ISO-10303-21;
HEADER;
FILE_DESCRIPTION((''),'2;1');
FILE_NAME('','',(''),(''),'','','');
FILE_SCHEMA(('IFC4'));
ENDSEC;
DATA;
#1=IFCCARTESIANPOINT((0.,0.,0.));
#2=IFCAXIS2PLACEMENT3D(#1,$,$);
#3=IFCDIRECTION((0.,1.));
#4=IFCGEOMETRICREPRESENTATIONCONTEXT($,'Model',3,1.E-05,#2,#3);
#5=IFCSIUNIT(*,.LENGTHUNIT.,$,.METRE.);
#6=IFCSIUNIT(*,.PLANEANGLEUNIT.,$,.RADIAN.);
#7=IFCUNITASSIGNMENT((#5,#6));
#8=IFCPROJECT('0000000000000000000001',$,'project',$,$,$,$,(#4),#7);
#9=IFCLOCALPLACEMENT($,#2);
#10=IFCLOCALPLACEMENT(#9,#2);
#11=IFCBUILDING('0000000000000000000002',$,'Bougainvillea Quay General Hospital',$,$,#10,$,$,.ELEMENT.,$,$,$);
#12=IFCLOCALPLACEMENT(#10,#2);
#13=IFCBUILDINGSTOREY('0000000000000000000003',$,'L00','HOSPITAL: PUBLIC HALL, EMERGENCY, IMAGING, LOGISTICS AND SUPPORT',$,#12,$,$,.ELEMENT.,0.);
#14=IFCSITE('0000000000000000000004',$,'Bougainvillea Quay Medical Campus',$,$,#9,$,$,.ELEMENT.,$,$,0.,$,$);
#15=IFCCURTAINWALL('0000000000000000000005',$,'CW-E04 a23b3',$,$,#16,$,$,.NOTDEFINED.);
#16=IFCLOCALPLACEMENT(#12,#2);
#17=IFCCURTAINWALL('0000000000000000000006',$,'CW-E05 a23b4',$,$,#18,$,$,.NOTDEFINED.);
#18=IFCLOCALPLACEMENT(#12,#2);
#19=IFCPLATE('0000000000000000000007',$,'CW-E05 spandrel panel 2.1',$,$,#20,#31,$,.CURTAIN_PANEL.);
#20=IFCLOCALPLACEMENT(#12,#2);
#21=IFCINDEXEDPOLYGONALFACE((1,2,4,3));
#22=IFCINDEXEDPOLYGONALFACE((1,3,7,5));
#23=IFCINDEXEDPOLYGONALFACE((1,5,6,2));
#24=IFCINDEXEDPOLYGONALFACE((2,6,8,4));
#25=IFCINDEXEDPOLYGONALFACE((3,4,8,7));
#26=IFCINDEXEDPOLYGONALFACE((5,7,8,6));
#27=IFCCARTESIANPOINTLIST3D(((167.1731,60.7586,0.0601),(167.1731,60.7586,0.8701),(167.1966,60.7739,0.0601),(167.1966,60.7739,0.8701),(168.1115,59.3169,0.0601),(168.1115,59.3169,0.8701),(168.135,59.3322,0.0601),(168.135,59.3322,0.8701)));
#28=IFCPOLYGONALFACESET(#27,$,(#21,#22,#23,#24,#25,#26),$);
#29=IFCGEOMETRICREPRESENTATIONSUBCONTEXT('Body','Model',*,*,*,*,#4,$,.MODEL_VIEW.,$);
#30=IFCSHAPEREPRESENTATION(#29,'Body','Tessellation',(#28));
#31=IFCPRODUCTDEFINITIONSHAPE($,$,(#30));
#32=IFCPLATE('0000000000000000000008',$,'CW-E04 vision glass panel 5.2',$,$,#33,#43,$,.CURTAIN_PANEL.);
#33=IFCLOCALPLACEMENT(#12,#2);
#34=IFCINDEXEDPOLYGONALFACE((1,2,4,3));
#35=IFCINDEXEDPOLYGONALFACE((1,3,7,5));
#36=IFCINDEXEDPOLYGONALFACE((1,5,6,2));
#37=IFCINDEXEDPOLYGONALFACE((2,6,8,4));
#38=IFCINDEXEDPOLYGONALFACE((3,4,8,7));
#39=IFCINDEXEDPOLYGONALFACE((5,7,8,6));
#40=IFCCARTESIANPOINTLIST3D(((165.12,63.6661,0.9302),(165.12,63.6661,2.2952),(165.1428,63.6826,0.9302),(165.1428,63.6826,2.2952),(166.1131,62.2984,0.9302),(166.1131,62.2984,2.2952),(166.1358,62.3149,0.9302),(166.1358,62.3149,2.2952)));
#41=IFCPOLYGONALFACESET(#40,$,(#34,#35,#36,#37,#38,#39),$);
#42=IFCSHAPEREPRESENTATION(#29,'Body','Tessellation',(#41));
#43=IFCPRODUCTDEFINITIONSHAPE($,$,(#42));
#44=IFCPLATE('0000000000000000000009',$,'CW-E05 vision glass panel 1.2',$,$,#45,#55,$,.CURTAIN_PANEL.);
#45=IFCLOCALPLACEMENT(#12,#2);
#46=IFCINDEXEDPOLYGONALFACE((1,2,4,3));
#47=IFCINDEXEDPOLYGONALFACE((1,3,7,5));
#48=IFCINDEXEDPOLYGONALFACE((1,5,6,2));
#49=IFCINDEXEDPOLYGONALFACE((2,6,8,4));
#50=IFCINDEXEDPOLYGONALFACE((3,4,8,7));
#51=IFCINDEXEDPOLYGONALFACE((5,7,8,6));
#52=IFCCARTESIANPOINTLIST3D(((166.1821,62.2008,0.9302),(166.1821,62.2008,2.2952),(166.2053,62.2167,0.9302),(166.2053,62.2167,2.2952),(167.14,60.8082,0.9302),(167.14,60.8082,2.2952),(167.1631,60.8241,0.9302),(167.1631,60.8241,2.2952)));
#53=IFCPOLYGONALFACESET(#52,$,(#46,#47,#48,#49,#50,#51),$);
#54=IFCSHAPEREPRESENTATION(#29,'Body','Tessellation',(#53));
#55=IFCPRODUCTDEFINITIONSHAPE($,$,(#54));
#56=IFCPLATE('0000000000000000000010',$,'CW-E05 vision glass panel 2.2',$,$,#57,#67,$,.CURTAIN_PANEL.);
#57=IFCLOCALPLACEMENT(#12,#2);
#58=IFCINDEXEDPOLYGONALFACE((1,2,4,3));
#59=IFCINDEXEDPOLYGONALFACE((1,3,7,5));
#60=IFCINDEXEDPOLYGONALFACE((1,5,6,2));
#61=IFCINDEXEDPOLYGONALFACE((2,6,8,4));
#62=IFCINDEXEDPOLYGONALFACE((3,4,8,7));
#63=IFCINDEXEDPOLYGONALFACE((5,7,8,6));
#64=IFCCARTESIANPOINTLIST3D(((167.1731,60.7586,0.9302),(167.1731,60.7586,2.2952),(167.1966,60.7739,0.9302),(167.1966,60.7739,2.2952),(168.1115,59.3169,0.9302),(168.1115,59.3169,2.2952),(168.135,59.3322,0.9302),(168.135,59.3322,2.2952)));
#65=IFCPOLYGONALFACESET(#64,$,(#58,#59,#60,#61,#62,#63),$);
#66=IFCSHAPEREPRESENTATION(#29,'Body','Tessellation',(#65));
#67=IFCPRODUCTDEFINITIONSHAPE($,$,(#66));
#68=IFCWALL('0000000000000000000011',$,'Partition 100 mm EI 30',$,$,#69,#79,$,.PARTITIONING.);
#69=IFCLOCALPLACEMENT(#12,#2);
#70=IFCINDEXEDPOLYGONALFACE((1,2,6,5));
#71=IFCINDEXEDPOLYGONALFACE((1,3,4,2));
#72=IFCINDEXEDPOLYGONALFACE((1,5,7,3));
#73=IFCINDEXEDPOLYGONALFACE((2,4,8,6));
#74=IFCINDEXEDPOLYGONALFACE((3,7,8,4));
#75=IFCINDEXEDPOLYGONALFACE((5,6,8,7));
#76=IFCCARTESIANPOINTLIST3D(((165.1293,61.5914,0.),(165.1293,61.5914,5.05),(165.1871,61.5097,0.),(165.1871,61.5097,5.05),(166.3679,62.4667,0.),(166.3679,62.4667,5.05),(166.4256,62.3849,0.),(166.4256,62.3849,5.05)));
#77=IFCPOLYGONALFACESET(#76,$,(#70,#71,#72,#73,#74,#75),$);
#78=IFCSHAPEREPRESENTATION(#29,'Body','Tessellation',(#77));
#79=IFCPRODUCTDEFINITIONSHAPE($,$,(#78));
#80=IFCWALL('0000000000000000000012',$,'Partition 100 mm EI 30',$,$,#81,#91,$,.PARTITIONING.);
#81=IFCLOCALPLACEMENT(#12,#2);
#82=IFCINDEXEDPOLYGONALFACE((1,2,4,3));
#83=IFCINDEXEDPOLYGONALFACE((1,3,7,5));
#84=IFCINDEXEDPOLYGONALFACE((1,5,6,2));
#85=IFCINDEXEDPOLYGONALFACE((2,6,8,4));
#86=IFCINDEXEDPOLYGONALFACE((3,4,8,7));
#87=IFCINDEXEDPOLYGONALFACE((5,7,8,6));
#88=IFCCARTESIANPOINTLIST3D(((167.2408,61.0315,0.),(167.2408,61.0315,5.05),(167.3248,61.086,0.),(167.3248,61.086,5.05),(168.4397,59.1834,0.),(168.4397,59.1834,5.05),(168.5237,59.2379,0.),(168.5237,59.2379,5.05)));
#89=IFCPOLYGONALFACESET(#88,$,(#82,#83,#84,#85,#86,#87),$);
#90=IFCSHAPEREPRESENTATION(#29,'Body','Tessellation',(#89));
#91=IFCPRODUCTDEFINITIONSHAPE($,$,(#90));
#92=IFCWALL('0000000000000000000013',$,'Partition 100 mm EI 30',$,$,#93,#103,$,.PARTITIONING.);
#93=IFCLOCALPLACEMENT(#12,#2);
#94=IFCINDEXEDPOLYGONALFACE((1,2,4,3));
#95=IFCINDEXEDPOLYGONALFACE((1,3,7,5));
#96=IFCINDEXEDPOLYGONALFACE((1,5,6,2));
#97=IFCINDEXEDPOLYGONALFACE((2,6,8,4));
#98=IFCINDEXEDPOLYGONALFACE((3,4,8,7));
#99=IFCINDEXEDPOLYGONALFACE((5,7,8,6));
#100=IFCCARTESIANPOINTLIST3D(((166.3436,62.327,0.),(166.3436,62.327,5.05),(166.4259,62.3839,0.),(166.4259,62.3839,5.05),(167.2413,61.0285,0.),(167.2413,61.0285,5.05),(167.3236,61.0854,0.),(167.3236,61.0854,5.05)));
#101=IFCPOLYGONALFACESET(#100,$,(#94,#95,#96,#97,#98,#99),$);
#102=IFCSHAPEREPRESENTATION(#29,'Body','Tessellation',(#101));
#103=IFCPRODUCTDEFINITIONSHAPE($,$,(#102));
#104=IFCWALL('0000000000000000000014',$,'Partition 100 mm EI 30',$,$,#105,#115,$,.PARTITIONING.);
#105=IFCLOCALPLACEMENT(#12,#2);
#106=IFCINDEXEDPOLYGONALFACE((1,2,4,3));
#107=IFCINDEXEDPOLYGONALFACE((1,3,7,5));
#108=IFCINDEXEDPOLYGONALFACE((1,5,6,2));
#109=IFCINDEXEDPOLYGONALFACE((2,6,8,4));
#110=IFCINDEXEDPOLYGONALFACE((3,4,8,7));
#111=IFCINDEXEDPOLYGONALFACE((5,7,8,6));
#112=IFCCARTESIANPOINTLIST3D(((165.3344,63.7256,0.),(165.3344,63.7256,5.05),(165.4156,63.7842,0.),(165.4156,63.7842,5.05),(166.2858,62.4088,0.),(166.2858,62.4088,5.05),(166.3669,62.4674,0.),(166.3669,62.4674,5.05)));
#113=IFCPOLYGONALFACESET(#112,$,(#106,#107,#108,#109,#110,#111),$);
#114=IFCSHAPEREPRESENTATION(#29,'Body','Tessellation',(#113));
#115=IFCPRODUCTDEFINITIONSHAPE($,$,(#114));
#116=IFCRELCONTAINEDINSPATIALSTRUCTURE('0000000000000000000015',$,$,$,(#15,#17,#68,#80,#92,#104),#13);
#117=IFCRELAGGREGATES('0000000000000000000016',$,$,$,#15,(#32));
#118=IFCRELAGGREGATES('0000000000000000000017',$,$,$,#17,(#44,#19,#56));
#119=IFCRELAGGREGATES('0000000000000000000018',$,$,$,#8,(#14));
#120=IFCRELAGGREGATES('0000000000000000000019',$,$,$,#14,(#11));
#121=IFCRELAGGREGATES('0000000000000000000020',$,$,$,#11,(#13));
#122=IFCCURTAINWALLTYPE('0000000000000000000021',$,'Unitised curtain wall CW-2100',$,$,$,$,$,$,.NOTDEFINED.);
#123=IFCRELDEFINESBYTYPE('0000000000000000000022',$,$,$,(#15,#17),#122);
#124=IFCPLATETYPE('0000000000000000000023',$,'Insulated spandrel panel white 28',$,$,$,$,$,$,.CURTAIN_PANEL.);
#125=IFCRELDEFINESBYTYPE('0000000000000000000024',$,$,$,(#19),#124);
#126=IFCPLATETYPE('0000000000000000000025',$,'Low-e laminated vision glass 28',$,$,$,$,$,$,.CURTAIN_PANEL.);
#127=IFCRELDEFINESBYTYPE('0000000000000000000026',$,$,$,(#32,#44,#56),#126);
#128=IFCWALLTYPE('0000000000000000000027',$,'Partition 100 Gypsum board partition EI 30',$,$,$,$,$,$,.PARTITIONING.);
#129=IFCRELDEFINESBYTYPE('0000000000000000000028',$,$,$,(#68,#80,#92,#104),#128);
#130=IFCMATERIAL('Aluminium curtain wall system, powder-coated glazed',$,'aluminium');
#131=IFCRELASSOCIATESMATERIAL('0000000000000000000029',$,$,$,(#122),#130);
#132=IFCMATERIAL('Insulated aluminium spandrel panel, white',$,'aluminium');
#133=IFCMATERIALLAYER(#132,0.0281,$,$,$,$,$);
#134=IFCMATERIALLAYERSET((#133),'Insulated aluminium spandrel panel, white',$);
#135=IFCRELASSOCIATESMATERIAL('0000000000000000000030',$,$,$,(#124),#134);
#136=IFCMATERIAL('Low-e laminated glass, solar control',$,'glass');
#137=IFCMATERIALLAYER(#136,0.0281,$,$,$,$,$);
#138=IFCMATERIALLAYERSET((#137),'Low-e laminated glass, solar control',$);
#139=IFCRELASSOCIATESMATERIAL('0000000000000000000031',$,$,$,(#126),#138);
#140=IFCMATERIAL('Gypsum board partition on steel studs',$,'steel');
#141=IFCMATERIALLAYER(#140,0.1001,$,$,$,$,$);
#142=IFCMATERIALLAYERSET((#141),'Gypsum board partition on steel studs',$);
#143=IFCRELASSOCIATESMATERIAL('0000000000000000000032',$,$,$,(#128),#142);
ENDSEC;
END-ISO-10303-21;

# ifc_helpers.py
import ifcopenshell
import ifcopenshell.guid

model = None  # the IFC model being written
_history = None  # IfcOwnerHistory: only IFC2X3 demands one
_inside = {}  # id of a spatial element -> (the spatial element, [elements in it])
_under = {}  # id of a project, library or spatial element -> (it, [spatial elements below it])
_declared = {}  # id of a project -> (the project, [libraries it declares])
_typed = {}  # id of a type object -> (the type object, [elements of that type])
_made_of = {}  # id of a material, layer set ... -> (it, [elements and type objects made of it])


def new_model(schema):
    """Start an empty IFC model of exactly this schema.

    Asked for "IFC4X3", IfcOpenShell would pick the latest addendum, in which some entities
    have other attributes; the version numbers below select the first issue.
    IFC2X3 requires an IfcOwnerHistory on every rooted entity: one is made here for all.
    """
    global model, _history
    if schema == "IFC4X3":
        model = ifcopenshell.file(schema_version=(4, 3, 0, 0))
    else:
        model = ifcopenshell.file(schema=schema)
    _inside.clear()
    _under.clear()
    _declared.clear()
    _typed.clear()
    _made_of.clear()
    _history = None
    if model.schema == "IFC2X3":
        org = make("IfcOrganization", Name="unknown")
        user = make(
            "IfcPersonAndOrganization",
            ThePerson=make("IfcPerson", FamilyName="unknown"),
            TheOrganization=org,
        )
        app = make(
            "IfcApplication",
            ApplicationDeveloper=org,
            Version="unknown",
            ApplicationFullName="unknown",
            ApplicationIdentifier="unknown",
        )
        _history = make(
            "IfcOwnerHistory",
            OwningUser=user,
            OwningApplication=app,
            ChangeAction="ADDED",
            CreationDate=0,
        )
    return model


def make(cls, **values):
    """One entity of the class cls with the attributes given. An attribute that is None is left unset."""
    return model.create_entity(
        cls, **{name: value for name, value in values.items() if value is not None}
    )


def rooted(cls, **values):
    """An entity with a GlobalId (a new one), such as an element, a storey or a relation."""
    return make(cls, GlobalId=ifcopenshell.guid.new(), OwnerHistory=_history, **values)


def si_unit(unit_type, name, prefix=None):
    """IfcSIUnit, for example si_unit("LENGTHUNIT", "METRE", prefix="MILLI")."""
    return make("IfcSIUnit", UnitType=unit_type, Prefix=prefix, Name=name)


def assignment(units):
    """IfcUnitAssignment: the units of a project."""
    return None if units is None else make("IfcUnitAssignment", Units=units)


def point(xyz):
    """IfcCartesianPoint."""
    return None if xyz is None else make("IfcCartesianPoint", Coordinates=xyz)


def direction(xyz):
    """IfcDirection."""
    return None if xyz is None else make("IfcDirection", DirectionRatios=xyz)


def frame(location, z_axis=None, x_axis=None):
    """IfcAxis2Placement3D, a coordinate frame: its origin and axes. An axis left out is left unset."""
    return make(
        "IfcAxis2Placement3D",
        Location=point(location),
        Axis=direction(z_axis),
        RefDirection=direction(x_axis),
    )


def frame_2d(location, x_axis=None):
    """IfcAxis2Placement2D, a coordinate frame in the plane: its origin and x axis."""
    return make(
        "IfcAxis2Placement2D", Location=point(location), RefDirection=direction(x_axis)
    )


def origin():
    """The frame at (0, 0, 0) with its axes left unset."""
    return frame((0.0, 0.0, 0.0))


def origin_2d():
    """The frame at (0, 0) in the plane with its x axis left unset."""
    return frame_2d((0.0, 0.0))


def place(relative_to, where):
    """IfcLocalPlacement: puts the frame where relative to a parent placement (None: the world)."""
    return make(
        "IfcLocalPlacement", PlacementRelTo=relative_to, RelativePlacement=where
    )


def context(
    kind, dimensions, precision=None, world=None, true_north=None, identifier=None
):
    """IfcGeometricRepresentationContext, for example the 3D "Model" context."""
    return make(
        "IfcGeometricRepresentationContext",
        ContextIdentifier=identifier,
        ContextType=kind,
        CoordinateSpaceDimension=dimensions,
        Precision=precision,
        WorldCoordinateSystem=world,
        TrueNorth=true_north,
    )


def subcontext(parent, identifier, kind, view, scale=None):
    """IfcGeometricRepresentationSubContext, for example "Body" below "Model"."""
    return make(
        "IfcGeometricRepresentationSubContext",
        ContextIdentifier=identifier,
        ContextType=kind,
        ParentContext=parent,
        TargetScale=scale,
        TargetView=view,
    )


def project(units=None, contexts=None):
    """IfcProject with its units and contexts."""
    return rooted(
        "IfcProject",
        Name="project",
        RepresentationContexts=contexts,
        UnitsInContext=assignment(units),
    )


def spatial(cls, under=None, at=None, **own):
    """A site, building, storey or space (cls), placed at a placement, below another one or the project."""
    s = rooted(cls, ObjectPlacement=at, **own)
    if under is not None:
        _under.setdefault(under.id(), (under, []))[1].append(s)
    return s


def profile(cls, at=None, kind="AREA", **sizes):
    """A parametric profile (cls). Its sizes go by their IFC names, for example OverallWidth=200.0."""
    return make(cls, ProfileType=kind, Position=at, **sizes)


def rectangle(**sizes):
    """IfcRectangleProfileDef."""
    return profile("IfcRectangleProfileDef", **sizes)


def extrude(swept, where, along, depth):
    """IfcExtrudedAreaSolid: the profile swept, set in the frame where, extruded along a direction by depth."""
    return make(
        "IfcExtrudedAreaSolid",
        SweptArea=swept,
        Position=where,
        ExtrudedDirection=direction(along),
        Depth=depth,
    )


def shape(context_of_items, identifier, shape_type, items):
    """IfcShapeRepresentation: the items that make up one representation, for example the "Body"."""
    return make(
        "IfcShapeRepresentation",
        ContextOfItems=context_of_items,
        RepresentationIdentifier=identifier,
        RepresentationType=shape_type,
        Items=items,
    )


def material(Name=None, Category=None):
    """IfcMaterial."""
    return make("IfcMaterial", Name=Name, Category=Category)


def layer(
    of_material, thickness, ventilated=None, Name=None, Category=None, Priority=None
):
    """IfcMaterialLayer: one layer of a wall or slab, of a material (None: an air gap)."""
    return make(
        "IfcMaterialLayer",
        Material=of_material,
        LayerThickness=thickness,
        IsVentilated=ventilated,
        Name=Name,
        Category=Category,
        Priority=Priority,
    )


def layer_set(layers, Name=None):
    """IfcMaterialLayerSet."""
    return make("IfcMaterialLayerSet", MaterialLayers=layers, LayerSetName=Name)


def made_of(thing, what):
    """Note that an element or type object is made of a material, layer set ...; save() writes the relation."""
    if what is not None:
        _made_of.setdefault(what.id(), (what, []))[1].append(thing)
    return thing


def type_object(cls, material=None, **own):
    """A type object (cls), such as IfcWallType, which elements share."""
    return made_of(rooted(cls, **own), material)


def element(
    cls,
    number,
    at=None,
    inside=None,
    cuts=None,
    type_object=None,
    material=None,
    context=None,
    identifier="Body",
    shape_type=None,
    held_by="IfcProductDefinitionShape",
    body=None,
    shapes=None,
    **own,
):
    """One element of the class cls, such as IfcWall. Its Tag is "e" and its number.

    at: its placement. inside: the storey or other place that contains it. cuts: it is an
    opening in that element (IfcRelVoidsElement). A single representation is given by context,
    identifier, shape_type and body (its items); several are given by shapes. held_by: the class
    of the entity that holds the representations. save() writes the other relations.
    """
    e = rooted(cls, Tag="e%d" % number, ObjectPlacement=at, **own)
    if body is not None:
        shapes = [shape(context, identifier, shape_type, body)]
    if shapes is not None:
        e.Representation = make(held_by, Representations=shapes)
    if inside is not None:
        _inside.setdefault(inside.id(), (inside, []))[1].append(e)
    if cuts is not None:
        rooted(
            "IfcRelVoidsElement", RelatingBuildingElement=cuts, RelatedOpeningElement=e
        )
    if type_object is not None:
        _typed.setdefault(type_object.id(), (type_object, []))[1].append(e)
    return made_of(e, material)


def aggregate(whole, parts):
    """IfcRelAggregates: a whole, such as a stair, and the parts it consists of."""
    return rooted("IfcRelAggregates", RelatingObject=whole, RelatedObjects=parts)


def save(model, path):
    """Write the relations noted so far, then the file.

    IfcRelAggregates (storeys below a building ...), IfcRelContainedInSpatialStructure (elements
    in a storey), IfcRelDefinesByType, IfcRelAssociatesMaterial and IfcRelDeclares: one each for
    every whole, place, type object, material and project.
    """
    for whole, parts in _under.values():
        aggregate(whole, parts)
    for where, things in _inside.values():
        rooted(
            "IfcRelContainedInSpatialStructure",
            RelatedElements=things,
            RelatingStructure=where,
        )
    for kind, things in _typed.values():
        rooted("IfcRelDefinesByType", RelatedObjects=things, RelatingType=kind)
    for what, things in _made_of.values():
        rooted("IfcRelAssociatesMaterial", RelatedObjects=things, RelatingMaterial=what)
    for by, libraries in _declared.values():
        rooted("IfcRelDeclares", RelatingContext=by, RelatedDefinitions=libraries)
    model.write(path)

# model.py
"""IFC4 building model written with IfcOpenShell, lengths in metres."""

from ifc_helpers import new_model, si_unit, direction, frame, frame_2d, origin, origin_2d, place, context, subcontext, project, spatial, rectangle, extrude, material, layer, layer_set, type_object, element, aggregate, save


model = new_model("IFC4")

# Units and contexts
model_context = context("Model", 3, precision=1e-05, world=origin(), true_north=direction((0.0, 1.0)))
body_context = subcontext(model_context, "Body", "Model", "MODEL_VIEW")
ifc_project = project(units=[si_unit("LENGTHUNIT", "METRE"), si_unit("PLANEANGLEUNIT", "RADIAN")], contexts=[model_context])

# Site, building, storey
site_placement = place(None, origin())
site = spatial("IfcSite", under=ifc_project, at=site_placement, Name="Bougainvillea Quay Medical Campus", CompositionType="ELEMENT", RefElevation=0.0)
building_placement = place(site_placement, origin())
building = spatial("IfcBuilding", under=site, at=building_placement, Name="Bougainvillea Quay General Hospital", CompositionType="ELEMENT")
storey_placement = place(building_placement, origin())
storey = spatial("IfcBuildingStorey", under=building, at=storey_placement, Name="L00", Description="HOSPITAL: PUBLIC HALL, EMERGENCY, IMAGING, LOGISTICS AND SUPPORT", CompositionType="ELEMENT", Elevation=0.0)

# Curtain walls
ifc_material_1 = material(Name="Aluminium curtain wall system, powder-coated glazed", Category="aluminium")
curtain_wall_type = type_object("IfcCurtainWallType", Name="Unitised curtain wall CW-2100", PredefinedType="NOTDEFINED", material=ifc_material_1)
curtain_wall_1_placement = place(storey_placement, origin())
curtain_wall_1 = element("IfcCurtainWall", 1, at=curtain_wall_1_placement, inside=storey, type_object=curtain_wall_type, Name="CW-E04 a23b3", PredefinedType="NOTDEFINED")
curtain_wall_2_placement = place(storey_placement, origin())
curtain_wall_2 = element("IfcCurtainWall", 2, at=curtain_wall_2_placement, inside=storey, type_object=curtain_wall_type, Name="CW-E05 a23b4", PredefinedType="NOTDEFINED")

# Plates
ifc_material_2 = material(Name="Insulated aluminium spandrel panel, white", Category="aluminium")
ifc_layer_1 = layer(ifc_material_2, 0.0281)
ifc_layer_set_1 = layer_set([ifc_layer_1], Name="Insulated aluminium spandrel panel, white")
plate_type_1 = type_object("IfcPlateType", Name="Insulated spandrel panel white 28", PredefinedType="CURTAIN_PANEL", material=ifc_layer_set_1)
plate_1_placement = place(storey_placement, frame((167.6541, 60.0454, 0.0601), z_axis=(0.0, 0.0, 1.0), x_axis=(0.545494, -0.838115, 0.0)))
plate_1 = element("IfcPlate", 3, at=plate_1_placement, type_object=plate_type_1, Name="CW-E05 spandrel panel 2.1", PredefinedType="CURTAIN_PANEL", context=body_context, shape_type="SweptSolid", body=[
    extrude(rectangle(XDim=1.7202, YDim=0.0281, at=origin_2d()), origin(), (0.0, 0.0, 1.0), 0.8101),
])
ifc_material_3 = material(Name="Low-e laminated glass, solar control", Category="glass")
ifc_layer_2 = layer(ifc_material_3, 0.0281)
ifc_layer_set_2 = layer_set([ifc_layer_2], Name="Low-e laminated glass, solar control")
plate_type_2 = type_object("IfcPlateType", Name="Low-e laminated vision glass 28", PredefinedType="CURTAIN_PANEL", material=ifc_layer_set_2)
plate_2_placement = place(storey_placement, frame((165.6279, 62.9905, 0.9302), z_axis=(0.0, 0.0, 1.0), x_axis=(0.587548, -0.809189, 0.0)))
plate_2 = element("IfcPlate", 4, at=plate_2_placement, type_object=plate_type_2, Name="CW-E04 vision glass panel 5.2", PredefinedType="CURTAIN_PANEL", context=body_context, shape_type="SweptSolid", body=[
    extrude(rectangle(XDim=1.6902, YDim=0.0281, at=origin_2d()), origin(), (0.0, 0.0, 1.0), 1.365),
])
aggregate(curtain_wall_1, [plate_2])
plate_3_placement = place(storey_placement, frame((166.6726, 61.5125, 0.9302), z_axis=(0.0, 0.0, 1.0), x_axis=(0.566705, -0.823921, 0.0)))
plate_3 = element("IfcPlate", 5, at=plate_3_placement, type_object=plate_type_2, Name="CW-E05 vision glass panel 1.2", PredefinedType="CURTAIN_PANEL", context=body_context, shape_type="SweptSolid", body=[
    extrude(rectangle(XDim=1.6902, YDim=0.0281, at=origin_2d()), origin(), (0.0, 0.0, 1.0), 1.365),
])
plate_4_placement = place(storey_placement, frame((167.6541, 60.0454, 0.9302), z_axis=(0.0, 0.0, 1.0), x_axis=(0.545494, -0.838115, 0.0)))
plate_4 = element("IfcPlate", 6, at=plate_4_placement, type_object=plate_type_2, Name="CW-E05 vision glass panel 2.2", PredefinedType="CURTAIN_PANEL", context=body_context, shape_type="SweptSolid", body=[
    extrude(rectangle(XDim=1.7202, YDim=0.0281, at=origin_2d()), origin(), (0.0, 0.0, 1.0), 1.365),
])
aggregate(curtain_wall_2, [plate_3, plate_1, plate_4])

# Walls
ifc_material_4 = material(Name="Gypsum board partition on steel studs", Category="steel")
ifc_layer_3 = layer(ifc_material_4, 0.1001)
ifc_layer_set_3 = layer_set([ifc_layer_3], Name="Gypsum board partition on steel studs")
wall_type = type_object("IfcWallType", Name="Partition 100 Gypsum board partition EI 30", PredefinedType="PARTITIONING", material=ifc_layer_set_3)
wall_1_placement = place(storey_placement, frame((165.1582, 61.5505, 0.0), z_axis=(0.0, 0.0, 1.0), x_axis=(0.81666, 0.577119, 0.0)))
element("IfcWall", 7, at=wall_1_placement, inside=storey, type_object=wall_type, Name="Partition 100 mm EI 30", PredefinedType="PARTITIONING", context=body_context, shape_type="SweptSolid", body=[
    extrude(rectangle(XDim=1.5166, YDim=0.1001, at=frame_2d((0.7583, 0.0))), origin(), (0.0, 0.0, 1.0), 5.05),
])
wall_2_placement = place(storey_placement, frame((167.2827, 61.0588, 0.0), z_axis=(0.0, 0.0, 1.0), x_axis=(0.544248, -0.838924, 0.0)))
element("IfcWall", 8, at=wall_2_placement, inside=storey, type_object=wall_type, Name="Partition 100 mm EI 30", PredefinedType="PARTITIONING", context=body_context, shape_type="SweptSolid", body=[
    extrude(rectangle(XDim=2.2029, YDim=0.1001, at=frame_2d((1.1016, 0.0))), origin(), (0.0, 0.0, 1.0), 5.05),
])
wall_3_placement = place(storey_placement, frame((166.3848, 62.3555, 0.0), z_axis=(0.0, 0.0, 1.0), x_axis=(0.568647, -0.822582, 0.0)))
element("IfcWall", 9, at=wall_3_placement, inside=storey, type_object=wall_type, Name="Partition 100 mm EI 30", PredefinedType="PARTITIONING", context=body_context, shape_type="SweptSolid", body=[
    extrude(rectangle(XDim=1.5786, YDim=0.1001, at=frame_2d((0.7893, 0.0))), origin(), (0.0, 0.0, 1.0), 5.05),
])
wall_4_placement = place(storey_placement, frame((165.375, 63.7549, 0.0), z_axis=(0.0, 0.0, 1.0), x_axis=(0.585622, -0.810584, 0.0)))
element("IfcWall", 10, at=wall_4_placement, inside=storey, type_object=wall_type, Name="Partition 100 mm EI 30", PredefinedType="PARTITIONING", context=body_context, shape_type="SweptSolid", body=[
    extrude(rectangle(XDim=1.6245, YDim=0.1001, at=frame_2d((0.8123, 0.0))), origin(), (0.0, 0.0, 1.0), 5.05),
])

save(model, "model.ifc")
